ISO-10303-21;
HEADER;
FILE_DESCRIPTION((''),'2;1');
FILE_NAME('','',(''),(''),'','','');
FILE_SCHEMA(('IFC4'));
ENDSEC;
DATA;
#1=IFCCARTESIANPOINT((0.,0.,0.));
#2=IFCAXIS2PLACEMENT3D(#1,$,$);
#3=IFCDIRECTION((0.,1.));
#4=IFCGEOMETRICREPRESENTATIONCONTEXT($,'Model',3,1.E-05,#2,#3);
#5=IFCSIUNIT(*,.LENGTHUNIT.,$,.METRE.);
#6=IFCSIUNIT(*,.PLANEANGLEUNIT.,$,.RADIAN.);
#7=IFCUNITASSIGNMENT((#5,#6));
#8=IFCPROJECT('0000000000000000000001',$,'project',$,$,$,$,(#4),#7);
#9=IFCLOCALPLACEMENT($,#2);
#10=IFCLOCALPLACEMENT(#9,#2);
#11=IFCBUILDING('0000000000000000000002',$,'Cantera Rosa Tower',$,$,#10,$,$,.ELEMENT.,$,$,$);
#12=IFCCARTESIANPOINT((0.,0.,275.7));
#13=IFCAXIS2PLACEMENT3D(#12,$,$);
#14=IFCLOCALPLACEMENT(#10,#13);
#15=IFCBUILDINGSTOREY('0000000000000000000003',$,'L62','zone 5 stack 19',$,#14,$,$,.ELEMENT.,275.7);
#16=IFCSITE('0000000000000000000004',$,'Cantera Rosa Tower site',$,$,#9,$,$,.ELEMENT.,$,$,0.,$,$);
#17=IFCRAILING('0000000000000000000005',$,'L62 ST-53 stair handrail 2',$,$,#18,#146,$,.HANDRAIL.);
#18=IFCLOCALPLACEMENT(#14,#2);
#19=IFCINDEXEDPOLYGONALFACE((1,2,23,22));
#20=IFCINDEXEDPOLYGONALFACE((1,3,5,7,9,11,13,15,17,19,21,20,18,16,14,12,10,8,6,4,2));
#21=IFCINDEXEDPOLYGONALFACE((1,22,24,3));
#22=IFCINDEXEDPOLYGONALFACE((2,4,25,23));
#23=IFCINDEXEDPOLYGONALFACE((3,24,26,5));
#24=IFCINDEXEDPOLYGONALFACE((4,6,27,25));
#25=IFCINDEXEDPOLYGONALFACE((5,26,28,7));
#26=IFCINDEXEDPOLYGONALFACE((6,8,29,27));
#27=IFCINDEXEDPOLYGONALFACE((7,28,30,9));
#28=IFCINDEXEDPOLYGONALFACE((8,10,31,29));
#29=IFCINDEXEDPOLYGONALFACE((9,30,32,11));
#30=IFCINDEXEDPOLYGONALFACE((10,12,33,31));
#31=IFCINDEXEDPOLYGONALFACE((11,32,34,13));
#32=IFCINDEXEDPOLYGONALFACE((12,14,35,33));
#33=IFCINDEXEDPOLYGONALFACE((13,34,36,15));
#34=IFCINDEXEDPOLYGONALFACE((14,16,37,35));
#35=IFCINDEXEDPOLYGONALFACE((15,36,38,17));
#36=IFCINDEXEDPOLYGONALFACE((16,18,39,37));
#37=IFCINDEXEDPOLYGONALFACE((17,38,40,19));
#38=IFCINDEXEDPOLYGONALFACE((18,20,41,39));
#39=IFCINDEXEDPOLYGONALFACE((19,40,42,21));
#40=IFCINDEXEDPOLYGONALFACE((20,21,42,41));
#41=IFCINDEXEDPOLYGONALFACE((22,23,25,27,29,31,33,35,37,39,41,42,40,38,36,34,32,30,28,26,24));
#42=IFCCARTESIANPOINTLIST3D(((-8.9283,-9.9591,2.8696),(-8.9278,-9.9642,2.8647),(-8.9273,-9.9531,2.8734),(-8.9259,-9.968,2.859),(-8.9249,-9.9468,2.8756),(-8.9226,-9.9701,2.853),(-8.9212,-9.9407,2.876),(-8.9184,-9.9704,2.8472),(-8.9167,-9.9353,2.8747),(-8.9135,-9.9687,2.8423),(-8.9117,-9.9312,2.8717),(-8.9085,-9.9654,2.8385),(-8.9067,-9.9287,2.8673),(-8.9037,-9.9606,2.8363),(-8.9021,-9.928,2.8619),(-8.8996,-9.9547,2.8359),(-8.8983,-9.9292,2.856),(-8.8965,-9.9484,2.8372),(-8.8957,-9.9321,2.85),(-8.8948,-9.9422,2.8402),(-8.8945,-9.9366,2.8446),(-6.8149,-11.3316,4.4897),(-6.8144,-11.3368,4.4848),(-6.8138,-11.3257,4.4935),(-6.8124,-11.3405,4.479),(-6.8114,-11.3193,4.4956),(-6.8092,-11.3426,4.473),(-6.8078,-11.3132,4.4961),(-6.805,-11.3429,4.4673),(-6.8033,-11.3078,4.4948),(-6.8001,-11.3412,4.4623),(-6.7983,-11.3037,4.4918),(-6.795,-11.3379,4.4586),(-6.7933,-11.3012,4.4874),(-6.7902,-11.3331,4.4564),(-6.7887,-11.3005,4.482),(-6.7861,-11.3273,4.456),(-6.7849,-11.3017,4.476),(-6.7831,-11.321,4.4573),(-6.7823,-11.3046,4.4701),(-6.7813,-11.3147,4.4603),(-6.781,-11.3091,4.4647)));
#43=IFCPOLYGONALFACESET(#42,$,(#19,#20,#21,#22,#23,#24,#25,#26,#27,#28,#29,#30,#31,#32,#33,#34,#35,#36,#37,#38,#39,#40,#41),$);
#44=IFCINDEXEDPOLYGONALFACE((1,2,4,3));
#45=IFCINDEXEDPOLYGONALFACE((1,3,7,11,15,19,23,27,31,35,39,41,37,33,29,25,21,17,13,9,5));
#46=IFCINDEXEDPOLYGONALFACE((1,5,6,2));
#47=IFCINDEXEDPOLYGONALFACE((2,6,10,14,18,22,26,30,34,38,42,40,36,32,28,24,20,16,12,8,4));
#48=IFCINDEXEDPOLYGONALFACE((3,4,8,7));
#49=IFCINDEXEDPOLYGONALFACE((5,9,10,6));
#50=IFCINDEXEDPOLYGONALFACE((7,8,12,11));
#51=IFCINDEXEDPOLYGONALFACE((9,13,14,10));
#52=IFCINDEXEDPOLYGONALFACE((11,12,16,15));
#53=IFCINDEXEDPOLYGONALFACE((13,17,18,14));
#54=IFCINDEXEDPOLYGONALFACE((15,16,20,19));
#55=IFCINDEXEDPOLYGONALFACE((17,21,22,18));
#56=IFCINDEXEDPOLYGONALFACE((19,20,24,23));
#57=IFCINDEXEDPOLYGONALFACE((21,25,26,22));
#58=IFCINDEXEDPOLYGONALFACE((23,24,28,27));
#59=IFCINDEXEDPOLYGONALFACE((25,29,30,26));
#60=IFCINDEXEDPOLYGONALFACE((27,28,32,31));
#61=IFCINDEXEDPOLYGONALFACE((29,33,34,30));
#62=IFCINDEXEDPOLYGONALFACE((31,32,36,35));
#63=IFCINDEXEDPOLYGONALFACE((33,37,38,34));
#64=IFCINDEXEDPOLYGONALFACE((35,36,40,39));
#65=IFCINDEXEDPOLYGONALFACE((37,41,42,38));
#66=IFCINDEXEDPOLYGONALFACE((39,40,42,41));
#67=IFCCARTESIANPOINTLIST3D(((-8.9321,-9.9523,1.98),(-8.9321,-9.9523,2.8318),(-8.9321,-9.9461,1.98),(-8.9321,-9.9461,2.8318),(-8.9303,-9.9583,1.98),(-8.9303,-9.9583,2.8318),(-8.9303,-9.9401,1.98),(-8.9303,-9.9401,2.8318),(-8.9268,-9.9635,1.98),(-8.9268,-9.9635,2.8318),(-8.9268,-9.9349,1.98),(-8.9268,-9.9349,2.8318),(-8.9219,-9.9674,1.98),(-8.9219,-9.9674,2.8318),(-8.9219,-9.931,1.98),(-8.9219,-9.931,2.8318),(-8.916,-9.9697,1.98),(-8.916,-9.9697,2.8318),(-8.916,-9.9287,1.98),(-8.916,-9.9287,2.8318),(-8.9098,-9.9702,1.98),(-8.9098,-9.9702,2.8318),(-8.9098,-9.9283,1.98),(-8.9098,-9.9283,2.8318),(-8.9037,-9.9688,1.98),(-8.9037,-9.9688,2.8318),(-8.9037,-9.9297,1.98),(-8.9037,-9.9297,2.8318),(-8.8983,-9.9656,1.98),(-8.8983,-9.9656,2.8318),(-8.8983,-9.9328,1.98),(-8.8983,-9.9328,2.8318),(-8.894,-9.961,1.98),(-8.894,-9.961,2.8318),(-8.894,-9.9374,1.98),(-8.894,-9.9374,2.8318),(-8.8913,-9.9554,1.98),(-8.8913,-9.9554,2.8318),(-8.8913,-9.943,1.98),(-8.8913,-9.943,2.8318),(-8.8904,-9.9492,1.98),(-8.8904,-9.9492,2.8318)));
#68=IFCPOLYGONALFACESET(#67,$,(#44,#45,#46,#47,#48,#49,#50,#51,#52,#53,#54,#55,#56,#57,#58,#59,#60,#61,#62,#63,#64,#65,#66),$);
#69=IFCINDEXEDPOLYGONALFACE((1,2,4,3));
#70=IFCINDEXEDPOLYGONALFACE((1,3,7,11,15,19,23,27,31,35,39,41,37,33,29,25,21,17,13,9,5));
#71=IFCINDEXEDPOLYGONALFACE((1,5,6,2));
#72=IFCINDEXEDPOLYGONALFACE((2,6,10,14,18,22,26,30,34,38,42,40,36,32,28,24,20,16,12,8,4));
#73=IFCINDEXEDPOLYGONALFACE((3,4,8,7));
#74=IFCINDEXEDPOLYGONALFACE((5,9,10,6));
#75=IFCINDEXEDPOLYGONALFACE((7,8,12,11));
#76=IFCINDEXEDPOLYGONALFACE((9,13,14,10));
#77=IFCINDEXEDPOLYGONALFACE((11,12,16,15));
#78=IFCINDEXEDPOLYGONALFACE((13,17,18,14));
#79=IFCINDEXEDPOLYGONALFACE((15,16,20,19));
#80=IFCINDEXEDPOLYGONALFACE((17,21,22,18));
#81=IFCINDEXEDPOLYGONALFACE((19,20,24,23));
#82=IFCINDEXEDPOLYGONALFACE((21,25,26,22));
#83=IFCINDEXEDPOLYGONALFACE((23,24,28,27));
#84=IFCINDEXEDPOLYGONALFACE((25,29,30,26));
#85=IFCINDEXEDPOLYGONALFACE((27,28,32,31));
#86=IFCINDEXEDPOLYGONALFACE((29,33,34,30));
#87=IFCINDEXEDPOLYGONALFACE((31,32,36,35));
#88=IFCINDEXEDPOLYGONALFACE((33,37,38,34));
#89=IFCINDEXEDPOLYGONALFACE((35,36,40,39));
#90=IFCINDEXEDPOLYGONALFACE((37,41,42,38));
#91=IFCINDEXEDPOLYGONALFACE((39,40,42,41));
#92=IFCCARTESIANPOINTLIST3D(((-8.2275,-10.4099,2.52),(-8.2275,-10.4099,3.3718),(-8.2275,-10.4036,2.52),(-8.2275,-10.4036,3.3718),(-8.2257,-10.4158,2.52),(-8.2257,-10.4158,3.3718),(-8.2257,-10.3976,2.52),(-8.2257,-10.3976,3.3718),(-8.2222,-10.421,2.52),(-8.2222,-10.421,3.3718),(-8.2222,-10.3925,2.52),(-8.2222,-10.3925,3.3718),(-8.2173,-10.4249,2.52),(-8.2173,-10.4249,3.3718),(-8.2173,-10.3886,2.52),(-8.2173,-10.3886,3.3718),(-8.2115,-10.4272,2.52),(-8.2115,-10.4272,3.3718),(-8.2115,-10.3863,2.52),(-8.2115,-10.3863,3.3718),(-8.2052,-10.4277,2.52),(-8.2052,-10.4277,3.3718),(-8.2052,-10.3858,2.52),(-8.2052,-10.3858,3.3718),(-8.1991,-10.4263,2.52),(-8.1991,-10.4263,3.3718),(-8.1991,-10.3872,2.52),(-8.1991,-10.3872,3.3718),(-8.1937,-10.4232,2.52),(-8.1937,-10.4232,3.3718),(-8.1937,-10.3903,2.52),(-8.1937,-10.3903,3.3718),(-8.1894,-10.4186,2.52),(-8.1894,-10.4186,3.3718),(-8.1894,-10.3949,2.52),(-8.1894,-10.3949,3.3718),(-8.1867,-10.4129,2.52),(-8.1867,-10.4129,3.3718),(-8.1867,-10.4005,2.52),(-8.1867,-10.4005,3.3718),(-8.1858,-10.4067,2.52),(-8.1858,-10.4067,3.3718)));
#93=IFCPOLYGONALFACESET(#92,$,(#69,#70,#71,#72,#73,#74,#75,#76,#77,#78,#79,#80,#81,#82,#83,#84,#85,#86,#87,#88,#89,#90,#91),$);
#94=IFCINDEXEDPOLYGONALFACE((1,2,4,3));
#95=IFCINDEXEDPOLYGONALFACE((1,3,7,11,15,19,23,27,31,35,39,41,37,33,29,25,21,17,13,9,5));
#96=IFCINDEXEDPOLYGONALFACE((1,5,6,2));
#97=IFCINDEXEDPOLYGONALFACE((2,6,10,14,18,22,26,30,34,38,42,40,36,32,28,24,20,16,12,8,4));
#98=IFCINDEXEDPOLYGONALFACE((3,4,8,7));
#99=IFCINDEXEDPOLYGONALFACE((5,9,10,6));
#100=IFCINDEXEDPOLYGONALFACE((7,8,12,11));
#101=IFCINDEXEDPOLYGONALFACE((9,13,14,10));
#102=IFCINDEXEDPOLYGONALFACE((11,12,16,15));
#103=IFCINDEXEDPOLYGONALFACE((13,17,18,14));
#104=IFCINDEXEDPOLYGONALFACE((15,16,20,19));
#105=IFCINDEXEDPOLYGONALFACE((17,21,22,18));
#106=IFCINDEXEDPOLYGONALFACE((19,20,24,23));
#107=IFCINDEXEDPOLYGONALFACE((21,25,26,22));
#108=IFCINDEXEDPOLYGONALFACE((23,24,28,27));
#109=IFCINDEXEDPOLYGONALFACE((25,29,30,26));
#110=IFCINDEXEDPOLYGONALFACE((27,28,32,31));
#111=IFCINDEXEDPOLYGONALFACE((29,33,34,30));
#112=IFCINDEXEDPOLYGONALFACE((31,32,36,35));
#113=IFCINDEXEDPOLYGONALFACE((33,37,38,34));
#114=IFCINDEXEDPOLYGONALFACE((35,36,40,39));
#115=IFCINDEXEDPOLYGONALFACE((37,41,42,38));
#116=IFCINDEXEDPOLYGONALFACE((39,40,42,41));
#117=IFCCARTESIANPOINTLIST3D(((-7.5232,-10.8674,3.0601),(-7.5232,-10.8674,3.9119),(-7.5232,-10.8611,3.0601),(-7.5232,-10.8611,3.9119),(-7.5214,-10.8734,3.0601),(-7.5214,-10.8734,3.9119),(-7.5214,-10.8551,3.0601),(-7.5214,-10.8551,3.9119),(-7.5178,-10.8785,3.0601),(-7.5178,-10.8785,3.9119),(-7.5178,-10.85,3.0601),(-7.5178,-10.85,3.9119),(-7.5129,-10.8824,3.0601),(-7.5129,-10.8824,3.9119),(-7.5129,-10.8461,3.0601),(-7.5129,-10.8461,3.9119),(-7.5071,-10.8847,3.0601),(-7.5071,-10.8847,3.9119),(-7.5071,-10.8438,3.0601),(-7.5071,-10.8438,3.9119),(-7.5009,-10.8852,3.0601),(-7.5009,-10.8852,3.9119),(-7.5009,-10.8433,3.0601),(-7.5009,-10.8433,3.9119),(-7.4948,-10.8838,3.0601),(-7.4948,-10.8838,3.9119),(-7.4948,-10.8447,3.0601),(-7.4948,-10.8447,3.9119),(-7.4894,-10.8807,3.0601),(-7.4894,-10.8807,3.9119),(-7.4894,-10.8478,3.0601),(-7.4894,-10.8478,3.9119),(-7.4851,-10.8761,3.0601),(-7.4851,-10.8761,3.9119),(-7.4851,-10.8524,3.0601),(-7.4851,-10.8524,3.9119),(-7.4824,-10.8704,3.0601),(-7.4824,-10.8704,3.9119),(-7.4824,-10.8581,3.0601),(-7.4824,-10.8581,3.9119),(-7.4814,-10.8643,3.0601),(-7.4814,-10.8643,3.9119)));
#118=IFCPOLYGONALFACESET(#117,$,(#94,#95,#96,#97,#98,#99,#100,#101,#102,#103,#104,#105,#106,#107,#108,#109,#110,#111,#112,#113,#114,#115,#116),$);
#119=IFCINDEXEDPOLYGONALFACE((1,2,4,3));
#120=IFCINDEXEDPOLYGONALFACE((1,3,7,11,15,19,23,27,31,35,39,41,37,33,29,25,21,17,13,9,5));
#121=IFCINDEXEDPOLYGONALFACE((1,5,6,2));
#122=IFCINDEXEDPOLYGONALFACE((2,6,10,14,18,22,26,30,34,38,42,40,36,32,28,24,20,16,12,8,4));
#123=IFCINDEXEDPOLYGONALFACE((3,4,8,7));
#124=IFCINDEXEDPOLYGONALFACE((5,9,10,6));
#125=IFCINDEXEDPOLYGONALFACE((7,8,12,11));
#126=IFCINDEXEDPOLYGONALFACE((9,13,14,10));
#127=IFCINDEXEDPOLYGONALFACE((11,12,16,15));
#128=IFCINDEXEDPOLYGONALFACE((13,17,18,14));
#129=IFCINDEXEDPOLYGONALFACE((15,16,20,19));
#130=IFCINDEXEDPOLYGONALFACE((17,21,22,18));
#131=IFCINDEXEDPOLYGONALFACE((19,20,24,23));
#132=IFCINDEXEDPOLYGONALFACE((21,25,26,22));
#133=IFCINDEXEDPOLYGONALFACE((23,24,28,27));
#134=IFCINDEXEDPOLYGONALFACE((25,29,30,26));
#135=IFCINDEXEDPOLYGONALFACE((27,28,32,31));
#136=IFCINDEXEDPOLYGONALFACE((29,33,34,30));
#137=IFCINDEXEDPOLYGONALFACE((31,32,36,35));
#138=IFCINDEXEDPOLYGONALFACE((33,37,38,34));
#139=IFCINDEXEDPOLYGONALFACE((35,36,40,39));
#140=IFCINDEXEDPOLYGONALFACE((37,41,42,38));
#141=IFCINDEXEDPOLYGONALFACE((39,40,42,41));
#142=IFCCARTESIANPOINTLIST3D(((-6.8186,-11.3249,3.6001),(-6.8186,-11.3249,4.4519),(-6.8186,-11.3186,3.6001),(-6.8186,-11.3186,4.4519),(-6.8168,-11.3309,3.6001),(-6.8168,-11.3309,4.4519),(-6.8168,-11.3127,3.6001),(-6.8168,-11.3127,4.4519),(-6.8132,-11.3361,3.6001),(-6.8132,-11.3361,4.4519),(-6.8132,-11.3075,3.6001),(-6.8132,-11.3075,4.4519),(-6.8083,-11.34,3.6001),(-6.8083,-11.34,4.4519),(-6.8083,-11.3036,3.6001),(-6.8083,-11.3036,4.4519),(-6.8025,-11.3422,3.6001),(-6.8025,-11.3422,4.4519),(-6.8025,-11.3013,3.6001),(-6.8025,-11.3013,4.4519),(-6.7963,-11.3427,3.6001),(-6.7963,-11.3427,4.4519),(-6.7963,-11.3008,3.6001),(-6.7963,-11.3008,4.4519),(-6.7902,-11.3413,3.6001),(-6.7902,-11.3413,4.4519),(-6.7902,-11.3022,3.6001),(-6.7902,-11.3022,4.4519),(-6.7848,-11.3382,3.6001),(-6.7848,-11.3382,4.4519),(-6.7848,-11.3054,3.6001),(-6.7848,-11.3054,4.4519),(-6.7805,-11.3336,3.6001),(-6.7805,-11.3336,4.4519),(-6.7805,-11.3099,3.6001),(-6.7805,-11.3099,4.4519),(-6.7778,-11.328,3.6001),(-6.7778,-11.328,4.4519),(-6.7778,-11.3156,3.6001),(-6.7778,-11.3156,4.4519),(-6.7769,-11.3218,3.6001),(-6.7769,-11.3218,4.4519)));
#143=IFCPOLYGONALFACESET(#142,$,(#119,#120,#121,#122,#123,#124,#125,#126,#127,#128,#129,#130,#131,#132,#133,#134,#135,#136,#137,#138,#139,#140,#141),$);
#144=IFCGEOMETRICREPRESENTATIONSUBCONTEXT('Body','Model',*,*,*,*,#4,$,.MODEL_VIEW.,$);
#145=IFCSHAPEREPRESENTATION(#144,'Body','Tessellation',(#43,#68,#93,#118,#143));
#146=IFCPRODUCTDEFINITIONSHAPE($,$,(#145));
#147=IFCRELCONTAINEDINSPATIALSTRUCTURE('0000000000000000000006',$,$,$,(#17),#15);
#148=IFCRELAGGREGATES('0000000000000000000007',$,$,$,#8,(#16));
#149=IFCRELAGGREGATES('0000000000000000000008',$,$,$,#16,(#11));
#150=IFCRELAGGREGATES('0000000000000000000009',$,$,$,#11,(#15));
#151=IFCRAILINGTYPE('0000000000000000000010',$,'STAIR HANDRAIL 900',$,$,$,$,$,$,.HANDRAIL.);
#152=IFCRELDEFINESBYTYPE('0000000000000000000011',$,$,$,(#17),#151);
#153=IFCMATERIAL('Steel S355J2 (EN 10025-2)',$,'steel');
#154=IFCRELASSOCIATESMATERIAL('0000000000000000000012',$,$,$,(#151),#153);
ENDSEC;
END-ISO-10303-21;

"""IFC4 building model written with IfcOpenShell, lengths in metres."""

from ifc_helpers import new_model, si_unit, direction, frame, origin, origin_2d, place, context, subcontext, project, spatial, circle, extrude, material, type_object, element, save


model = new_model("IFC4")

# Units and contexts
model_context = context("Model", 3, precision=1e-05, world=origin(), true_north=direction((0.0, 1.0)))
body_context = subcontext(model_context, "Body", "Model", "MODEL_VIEW")
ifc_project = project(units=[si_unit("LENGTHUNIT", "METRE"), si_unit("PLANEANGLEUNIT", "RADIAN")], contexts=[model_context])

# Site, building, storey
site_placement = place(None, origin())
site = spatial("IfcSite", under=ifc_project, at=site_placement, Name="Cantera Rosa Tower site", CompositionType="ELEMENT", RefElevation=0.0)
building_placement = place(site_placement, origin())
building = spatial("IfcBuilding", under=site, at=building_placement, Name="Cantera Rosa Tower", CompositionType="ELEMENT")
storey_placement = place(building_placement, frame((0.0, 0.0, 275.7)))
storey = spatial("IfcBuildingStorey", under=building, at=storey_placement, Name="L62", Description="zone 5 stack 19", CompositionType="ELEMENT", Elevation=275.7)

# Railing
ifc_material_1 = material(Name="Steel S355J2 (EN 10025-2)", Category="steel")
railing_type_1 = type_object("IfcRailingType", Name="STAIR HANDRAIL 900", PredefinedType="HANDRAIL", material=ifc_material_1)
railing_1_placement = place(storey_placement, frame((-8.9114, -9.9492, 1.98)))
element("IfcRailing", 1, at=railing_1_placement, inside=storey, type_object=railing_type_1, Name="L62 ST-53 stair handrail 2", PredefinedType="HANDRAIL", context=body_context, shape_type="SweptSolid", body=[
    extrude(circle(Radius=0.0239, at=origin_2d()), frame((0.0, 0.0, 0.876), z_axis=(0.705462, -0.458139, 0.54077), x_axis=(0.544644, 0.838667, 0.0)), (0.0, 0.0, 1.0), 2.9958),
    extrude(circle(Radius=0.021, at=origin_2d()), origin(), (0.0, 0.0, 1.0), 0.8518),
    extrude(circle(Radius=0.021, at=origin_2d()), frame((0.7046, -0.4575, 0.54)), (0.0, 0.0, 1.0), 0.8518),
    extrude(circle(Radius=0.021, at=origin_2d()), frame((1.4089, -0.915, 1.0801)), (0.0, 0.0, 1.0), 0.8518),
    extrude(circle(Radius=0.021, at=origin_2d()), frame((2.1135, -1.3726, 1.6201)), (0.0, 0.0, 1.0), 0.8518),
])

save(model, "model.ifc")
